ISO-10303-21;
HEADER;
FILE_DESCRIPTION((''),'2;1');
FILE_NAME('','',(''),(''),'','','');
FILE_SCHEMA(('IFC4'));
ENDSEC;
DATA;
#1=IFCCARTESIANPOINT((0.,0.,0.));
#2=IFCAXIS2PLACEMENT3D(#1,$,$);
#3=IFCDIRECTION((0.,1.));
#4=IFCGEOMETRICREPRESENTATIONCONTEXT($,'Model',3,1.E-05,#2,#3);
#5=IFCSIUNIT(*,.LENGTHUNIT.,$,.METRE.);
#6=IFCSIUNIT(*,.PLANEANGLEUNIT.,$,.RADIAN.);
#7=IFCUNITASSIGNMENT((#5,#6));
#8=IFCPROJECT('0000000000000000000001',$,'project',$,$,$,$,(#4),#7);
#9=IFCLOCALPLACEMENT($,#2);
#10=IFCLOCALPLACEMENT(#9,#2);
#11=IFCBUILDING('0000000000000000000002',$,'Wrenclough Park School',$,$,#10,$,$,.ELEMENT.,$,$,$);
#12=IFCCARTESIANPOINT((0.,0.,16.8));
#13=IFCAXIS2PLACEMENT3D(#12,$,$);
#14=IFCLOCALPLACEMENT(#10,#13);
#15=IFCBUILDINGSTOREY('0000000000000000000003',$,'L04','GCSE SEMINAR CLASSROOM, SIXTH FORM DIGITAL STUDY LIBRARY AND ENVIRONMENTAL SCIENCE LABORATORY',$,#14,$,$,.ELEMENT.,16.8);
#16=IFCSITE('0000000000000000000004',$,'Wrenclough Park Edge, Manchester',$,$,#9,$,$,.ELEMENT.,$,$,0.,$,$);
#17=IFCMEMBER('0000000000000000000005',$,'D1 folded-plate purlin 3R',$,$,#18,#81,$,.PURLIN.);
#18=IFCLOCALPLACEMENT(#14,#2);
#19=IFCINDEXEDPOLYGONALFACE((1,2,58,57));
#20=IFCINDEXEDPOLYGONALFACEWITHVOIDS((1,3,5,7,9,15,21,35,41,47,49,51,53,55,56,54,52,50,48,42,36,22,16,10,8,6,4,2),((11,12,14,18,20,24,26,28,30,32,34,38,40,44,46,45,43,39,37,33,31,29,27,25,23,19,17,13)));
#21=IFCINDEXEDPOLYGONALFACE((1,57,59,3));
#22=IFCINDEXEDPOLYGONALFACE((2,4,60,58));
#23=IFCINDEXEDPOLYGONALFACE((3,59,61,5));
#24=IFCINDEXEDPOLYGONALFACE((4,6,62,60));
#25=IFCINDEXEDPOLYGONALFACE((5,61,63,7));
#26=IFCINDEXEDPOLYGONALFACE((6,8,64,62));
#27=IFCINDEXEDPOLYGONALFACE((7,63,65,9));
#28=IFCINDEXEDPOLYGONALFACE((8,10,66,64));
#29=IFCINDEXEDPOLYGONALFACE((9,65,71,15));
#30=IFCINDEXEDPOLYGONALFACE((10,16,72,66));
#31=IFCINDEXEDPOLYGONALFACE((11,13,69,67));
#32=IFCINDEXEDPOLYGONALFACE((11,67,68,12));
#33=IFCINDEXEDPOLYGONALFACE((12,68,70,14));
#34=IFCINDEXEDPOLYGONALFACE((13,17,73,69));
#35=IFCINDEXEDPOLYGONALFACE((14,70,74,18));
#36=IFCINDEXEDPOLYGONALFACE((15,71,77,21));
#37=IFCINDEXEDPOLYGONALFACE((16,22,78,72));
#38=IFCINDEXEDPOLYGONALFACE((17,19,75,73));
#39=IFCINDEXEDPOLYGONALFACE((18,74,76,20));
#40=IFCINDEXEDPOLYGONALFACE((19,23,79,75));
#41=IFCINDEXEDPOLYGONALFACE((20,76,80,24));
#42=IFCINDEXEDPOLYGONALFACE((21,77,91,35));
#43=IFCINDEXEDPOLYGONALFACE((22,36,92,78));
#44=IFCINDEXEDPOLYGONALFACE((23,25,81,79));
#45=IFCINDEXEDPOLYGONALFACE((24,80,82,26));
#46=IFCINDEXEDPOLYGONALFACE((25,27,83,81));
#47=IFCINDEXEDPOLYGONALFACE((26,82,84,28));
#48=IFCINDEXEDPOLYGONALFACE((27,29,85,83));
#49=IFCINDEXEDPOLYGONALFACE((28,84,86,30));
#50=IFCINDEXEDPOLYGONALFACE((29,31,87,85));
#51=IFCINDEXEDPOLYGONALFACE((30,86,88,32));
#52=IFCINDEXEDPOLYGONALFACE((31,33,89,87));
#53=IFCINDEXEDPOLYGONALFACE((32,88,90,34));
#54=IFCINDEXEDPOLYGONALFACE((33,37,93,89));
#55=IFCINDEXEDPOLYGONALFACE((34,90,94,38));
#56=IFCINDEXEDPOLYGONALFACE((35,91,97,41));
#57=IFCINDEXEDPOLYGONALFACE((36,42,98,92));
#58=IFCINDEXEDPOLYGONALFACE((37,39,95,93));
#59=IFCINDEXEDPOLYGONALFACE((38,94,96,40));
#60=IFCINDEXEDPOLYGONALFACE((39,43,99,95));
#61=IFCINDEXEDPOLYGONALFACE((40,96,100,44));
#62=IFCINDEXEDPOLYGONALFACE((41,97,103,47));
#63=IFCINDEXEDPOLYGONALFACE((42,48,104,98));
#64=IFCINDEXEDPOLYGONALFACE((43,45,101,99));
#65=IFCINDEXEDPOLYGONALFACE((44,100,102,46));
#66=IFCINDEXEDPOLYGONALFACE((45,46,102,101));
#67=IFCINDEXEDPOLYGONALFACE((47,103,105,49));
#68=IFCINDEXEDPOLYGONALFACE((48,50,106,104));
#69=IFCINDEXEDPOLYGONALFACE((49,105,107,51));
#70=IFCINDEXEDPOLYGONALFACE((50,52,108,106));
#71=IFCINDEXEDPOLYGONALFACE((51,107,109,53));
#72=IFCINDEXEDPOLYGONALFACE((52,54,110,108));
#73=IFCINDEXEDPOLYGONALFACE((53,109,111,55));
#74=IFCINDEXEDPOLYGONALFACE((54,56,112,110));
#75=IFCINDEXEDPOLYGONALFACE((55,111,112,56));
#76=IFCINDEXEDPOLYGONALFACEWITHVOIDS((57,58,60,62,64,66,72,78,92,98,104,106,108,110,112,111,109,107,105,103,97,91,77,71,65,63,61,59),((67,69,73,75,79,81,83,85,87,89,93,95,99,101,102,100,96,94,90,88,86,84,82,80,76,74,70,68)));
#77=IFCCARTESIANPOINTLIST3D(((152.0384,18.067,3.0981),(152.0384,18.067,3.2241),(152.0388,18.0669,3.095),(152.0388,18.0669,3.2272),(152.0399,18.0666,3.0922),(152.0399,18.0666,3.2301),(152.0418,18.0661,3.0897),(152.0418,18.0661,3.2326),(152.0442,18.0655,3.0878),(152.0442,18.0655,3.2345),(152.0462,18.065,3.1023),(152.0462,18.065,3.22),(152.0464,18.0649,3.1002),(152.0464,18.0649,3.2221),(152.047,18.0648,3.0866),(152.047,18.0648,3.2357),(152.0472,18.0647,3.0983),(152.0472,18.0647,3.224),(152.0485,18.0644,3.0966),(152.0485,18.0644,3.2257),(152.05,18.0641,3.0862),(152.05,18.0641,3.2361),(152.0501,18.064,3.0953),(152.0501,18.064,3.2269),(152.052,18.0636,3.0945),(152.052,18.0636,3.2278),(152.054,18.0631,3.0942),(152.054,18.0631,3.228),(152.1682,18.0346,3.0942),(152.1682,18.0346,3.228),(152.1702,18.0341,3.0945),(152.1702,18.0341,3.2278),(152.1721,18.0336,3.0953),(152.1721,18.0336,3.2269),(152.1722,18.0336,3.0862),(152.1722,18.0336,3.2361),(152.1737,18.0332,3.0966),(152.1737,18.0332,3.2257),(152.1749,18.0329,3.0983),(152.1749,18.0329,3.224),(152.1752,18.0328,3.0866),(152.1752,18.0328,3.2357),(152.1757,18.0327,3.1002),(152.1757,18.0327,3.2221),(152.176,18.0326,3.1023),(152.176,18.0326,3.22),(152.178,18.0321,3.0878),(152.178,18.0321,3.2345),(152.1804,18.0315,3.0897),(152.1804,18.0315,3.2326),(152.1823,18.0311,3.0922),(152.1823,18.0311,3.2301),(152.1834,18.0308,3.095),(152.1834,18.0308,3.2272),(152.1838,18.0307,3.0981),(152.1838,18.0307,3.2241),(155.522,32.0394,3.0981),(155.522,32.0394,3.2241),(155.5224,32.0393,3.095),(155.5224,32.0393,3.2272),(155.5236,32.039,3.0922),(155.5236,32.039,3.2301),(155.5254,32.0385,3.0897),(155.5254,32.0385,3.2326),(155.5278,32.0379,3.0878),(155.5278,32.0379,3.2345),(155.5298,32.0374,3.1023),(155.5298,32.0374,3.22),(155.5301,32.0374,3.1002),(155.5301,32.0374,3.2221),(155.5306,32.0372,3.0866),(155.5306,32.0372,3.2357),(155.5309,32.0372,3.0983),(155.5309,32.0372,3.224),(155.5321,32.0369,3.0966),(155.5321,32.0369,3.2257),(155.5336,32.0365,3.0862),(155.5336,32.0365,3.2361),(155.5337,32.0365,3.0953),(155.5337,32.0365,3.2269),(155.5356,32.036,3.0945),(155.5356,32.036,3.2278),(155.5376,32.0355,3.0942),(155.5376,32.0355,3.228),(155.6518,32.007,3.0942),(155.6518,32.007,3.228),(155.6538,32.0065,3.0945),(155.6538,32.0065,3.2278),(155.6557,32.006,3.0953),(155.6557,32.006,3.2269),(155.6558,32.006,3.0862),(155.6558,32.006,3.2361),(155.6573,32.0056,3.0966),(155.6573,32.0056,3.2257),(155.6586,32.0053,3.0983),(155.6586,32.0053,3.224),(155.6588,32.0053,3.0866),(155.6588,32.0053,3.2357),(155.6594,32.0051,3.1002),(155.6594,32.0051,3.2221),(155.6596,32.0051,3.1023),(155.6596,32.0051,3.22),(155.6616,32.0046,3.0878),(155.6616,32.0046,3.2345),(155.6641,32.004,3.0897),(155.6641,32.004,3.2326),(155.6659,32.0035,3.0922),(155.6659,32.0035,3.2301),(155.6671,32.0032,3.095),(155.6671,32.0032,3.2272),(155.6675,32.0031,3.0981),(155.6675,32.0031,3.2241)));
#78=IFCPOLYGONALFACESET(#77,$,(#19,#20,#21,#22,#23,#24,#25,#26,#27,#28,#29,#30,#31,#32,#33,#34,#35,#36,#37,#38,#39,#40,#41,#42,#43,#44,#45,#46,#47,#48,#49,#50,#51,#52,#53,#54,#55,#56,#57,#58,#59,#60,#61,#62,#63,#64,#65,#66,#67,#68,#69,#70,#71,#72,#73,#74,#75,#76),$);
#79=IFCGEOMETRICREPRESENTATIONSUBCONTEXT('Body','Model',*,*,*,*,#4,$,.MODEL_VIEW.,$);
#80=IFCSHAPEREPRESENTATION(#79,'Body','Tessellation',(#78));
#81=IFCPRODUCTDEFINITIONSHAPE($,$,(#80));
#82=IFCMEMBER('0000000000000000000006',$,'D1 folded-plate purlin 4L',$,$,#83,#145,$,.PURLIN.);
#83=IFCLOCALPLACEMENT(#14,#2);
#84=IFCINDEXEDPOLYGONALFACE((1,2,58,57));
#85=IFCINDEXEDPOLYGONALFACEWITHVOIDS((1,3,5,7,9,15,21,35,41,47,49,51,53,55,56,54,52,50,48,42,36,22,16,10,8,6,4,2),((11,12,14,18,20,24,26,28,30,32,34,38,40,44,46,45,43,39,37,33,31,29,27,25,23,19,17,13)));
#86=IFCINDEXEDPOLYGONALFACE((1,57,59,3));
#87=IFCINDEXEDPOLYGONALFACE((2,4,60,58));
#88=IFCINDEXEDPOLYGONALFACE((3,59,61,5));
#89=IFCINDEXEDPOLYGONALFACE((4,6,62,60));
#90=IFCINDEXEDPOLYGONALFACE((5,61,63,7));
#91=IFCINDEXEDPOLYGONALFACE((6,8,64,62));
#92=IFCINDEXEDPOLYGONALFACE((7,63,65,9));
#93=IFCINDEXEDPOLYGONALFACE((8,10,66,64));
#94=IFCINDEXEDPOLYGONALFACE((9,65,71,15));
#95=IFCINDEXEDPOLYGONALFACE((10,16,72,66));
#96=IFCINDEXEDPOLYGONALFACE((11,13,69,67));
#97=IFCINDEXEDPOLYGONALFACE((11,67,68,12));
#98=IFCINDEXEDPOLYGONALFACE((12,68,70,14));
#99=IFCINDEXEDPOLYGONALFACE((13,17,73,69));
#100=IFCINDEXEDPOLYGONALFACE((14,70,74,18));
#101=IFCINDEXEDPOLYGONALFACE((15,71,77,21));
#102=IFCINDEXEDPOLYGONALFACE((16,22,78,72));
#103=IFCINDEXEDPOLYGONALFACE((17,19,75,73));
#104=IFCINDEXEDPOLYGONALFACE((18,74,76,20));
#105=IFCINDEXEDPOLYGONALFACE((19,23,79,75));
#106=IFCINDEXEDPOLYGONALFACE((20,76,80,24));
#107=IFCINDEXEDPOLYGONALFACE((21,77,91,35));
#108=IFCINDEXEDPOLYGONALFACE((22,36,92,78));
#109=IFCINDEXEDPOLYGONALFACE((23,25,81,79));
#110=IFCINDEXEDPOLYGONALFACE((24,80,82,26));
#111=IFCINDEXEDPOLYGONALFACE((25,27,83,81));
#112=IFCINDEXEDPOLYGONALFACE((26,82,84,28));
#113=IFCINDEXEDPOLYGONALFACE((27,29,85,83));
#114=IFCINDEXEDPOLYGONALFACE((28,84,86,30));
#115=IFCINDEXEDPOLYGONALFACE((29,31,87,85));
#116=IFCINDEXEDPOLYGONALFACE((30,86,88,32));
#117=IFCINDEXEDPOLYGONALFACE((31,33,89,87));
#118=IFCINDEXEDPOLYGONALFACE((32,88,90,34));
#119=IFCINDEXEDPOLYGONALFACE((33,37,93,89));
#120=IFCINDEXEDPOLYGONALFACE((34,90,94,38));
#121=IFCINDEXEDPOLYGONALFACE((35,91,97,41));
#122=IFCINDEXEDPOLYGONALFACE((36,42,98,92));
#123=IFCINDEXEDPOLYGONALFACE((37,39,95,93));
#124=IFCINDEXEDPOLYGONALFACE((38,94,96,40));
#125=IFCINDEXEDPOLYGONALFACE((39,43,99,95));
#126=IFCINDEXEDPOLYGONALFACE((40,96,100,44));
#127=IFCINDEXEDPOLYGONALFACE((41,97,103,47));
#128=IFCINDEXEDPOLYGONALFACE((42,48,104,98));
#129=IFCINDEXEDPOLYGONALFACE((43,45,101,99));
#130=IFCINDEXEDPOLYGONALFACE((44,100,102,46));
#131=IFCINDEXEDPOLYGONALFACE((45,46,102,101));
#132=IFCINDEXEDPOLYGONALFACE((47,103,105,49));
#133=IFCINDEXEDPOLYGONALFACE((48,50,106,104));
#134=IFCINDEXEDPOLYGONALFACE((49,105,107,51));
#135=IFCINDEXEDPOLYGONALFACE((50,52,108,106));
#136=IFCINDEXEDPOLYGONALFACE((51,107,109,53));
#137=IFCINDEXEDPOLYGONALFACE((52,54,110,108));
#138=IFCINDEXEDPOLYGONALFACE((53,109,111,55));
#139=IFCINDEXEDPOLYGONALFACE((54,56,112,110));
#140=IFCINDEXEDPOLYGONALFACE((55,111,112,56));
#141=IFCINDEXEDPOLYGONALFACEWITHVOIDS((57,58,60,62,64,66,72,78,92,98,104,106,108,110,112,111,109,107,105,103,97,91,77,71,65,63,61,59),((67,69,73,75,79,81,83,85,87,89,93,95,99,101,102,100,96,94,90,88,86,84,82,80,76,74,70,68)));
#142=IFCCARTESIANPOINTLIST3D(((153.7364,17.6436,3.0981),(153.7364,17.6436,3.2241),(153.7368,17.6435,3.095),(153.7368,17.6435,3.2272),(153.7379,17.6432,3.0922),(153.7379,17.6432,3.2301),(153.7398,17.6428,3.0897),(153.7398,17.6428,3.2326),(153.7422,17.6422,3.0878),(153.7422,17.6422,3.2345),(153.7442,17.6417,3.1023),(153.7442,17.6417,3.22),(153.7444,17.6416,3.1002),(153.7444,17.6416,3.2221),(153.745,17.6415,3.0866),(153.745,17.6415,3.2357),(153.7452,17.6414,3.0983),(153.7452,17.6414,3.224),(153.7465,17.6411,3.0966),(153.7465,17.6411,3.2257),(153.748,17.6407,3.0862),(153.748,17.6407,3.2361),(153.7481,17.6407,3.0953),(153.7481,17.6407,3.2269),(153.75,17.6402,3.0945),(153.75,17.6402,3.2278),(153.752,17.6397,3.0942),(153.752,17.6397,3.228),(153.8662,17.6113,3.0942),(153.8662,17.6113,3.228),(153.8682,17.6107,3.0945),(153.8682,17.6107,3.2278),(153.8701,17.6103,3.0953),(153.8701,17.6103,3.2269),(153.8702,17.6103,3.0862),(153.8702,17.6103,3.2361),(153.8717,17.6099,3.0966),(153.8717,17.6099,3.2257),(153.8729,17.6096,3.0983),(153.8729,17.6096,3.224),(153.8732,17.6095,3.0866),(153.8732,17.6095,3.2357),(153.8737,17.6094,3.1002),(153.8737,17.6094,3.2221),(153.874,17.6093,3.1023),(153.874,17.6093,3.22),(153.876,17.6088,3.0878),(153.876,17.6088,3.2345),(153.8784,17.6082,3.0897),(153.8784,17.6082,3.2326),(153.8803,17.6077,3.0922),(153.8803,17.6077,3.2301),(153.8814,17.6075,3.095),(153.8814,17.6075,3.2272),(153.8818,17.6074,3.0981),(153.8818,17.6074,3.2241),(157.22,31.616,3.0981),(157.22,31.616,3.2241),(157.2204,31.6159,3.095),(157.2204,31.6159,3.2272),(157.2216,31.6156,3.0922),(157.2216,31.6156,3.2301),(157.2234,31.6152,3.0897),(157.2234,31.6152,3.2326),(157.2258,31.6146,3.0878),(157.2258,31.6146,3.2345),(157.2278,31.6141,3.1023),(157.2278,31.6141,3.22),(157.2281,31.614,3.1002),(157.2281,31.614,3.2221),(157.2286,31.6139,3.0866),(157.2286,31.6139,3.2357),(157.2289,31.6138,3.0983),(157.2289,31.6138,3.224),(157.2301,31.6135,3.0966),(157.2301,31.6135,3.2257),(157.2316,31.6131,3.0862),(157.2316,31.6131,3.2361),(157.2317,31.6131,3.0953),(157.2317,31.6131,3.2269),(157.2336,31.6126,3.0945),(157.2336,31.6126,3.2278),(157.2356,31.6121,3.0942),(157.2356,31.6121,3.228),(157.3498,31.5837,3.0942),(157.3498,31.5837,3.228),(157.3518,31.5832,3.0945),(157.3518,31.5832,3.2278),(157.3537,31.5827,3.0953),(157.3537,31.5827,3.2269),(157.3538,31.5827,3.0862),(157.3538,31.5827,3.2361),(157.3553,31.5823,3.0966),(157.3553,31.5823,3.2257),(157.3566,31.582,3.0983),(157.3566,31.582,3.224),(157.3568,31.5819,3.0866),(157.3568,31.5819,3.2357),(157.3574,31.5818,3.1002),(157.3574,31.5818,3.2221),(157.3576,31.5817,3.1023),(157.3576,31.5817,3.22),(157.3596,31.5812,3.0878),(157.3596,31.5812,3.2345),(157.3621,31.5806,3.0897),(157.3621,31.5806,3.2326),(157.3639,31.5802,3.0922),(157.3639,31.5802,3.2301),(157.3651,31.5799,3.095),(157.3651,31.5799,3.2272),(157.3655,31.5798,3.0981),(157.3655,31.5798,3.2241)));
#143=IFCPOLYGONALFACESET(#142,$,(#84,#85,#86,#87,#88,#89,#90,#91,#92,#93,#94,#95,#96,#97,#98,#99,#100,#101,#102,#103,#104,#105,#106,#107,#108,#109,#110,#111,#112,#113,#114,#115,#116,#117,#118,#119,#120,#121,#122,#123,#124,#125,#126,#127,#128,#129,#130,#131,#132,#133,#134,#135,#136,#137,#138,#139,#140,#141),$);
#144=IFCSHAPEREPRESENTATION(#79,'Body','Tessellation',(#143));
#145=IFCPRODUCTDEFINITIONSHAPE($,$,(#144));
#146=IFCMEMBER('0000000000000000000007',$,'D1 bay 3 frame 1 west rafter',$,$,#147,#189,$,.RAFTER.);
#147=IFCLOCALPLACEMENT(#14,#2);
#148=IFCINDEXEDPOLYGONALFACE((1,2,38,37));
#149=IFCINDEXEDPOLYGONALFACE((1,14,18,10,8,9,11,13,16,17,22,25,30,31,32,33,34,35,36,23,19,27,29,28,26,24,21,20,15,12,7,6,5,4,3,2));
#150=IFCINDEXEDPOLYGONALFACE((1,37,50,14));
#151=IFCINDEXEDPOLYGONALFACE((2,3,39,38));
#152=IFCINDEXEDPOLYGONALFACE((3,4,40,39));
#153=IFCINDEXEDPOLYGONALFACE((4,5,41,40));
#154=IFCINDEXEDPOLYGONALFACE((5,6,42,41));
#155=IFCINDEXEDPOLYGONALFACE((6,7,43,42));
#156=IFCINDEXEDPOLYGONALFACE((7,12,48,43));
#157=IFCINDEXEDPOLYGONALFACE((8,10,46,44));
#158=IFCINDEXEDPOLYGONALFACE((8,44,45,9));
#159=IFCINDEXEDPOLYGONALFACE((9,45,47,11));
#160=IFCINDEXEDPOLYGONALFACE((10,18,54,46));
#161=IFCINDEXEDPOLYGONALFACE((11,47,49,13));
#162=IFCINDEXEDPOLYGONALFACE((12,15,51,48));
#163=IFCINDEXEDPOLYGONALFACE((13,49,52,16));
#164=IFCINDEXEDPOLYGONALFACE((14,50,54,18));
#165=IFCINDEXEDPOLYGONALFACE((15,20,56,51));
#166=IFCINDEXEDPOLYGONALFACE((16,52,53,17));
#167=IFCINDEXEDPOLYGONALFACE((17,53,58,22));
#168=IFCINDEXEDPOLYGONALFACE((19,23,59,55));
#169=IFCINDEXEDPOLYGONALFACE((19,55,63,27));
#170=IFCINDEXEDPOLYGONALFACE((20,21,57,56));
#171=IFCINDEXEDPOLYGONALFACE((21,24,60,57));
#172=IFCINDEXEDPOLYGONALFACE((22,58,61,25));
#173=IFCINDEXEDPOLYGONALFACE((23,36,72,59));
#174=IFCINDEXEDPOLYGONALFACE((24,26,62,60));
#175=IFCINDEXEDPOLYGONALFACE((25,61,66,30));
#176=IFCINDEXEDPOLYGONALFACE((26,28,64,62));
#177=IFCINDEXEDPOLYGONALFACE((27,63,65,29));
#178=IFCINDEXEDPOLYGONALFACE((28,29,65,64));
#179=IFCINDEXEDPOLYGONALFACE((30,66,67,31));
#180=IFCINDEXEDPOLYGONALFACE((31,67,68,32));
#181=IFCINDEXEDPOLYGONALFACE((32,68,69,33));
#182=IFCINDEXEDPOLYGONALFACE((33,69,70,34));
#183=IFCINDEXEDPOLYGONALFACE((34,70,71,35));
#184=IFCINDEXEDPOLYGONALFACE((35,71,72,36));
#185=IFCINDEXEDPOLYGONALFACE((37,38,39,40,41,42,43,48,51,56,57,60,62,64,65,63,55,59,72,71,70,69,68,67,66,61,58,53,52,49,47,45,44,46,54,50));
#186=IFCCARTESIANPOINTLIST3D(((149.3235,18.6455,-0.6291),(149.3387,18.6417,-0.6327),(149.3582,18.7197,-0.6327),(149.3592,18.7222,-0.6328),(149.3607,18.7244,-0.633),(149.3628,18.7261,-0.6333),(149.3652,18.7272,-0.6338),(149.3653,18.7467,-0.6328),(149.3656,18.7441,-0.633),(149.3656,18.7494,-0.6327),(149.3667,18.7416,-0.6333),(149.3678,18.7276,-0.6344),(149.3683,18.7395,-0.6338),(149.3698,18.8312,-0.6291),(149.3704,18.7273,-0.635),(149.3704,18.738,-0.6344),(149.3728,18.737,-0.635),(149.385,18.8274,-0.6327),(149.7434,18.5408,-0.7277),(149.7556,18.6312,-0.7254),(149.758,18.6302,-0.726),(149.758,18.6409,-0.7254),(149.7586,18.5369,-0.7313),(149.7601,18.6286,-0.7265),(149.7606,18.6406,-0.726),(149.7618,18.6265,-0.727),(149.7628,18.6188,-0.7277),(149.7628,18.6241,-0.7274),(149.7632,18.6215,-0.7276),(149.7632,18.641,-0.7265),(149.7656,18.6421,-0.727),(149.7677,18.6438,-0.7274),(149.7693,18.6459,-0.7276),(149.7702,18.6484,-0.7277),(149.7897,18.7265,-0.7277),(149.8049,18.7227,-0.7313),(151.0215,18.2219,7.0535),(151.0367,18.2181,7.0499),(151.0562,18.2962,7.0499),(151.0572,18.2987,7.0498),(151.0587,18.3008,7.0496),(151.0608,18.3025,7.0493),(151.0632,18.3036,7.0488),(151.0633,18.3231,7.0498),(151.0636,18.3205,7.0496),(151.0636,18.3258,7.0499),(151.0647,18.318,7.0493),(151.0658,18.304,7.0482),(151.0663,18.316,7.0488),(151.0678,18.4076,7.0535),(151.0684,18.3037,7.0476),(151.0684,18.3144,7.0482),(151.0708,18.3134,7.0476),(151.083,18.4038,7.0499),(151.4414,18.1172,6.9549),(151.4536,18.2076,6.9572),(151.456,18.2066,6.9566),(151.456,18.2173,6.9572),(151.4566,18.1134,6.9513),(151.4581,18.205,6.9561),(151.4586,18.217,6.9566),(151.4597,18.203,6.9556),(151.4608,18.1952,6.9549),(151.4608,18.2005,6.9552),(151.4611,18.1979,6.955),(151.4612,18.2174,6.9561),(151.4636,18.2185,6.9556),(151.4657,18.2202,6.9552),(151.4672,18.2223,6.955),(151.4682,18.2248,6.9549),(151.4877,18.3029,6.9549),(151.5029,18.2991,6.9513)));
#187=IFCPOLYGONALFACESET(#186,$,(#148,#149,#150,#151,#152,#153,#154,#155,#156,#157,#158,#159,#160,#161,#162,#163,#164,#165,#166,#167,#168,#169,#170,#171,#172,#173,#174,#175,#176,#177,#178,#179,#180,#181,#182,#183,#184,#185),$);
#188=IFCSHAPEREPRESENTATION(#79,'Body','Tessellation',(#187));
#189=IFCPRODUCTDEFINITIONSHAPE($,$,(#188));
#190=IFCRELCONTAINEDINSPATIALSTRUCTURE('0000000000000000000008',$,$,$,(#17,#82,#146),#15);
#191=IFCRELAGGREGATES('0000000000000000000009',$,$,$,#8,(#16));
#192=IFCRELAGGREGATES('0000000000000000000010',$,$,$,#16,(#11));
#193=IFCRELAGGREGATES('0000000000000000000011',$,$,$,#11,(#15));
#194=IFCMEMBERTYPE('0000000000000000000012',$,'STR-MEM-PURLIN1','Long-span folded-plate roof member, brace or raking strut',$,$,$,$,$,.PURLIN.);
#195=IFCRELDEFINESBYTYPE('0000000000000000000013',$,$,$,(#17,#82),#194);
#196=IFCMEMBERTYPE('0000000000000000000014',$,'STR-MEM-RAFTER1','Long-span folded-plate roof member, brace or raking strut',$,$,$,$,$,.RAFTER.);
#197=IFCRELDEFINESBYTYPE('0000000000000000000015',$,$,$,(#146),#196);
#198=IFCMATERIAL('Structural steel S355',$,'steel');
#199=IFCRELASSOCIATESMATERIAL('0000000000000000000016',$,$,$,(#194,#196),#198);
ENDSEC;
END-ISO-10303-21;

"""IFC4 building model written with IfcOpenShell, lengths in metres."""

from ifc_helpers import new_model, si_unit, direction, frame, origin, origin_2d, place, context, subcontext, project, spatial, hollow_rectangle, i_section, extrude, material, material_profile, profile_set, type_object, element, save


model = new_model("IFC4")

# Units and contexts
model_context = context("Model", 3, precision=1e-05, world=origin(), true_north=direction((0.0, 1.0)))
body_context = subcontext(model_context, "Body", "Model", "MODEL_VIEW")
ifc_project = project(units=[si_unit("LENGTHUNIT", "METRE"), si_unit("PLANEANGLEUNIT", "RADIAN")], contexts=[model_context])

# Site, building, storey
site_placement = place(None, origin())
site = spatial("IfcSite", under=ifc_project, at=site_placement, Name="Wrenclough Park Edge, Manchester", CompositionType="ELEMENT", RefElevation=0.0)
building_placement = place(site_placement, origin())
building = spatial("IfcBuilding", under=site, at=building_placement, Name="Wrenclough Park School", CompositionType="ELEMENT")
storey_placement = place(building_placement, frame((0.0, 0.0, 16.8)))
storey = spatial("IfcBuildingStorey", under=building, at=storey_placement, Name="L04", Description="GCSE SEMINAR CLASSROOM, SIXTH FORM DIGITAL STUDY LIBRARY AND ENVIRONMENTAL SCIENCE LABORATORY", CompositionType="ELEMENT", Elevation=16.8)

# Members
ifc_material_1 = material(Name="Structural steel S355", Category="steel")
ifc_material_profile_1 = material_profile(ifc_material_1, hollow_rectangle(XDim=0.1499, YDim=0.1499, WallThickness=0.0081, InnerFilletRadius=0.0081, OuterFilletRadius=0.012, at=origin_2d()), Name="SHS 150x150x8.0")
ifc_profile_set_1 = profile_set([ifc_material_profile_1], Name="Structural steel S355")
member_type_1 = type_object("IfcMemberType", Name="STR-MEM-PURLIN1", Description="Long-span folded-plate roof member, brace or raking strut", PredefinedType="PURLIN", material=ifc_profile_set_1)
for number, where, z_axis, x_axis, name in (
    (1, (152.1111, 18.0488, 3.1611), (0.241917, 0.970297, 0.0), (-0.970297, 0.241917, 0.0), "D1 folded-plate purlin 3R"),
    (2, (153.8091, 17.6255, 3.1611), (0.241917, 0.970297, 0.0), (-0.970297, 0.241917, 0.0), "D1 folded-plate purlin 4L"),
):
    element("IfcMember", number, at=place(storey_placement, frame(where, z_axis=z_axis, x_axis=x_axis)), inside=storey, type_object=member_type_1, Name=name, PredefinedType="PURLIN", context=body_context, shape_type="SweptSolid", body=[
        extrude(hollow_rectangle(XDim=0.1499, YDim=0.1499, WallThickness=0.0081, InnerFilletRadius=0.0081, OuterFilletRadius=0.012, at=origin_2d()), origin(), (0.0, 0.0, 1.0), 14.4001),
    ])
ifc_material_profile_2 = material_profile(ifc_material_1, i_section(OverallWidth=0.1914, OverallDepth=0.46, WebThickness=0.01, FlangeThickness=0.0161, FilletRadius=0.0103, at=origin_2d()), Name="UKB 457x191x82")
ifc_profile_set_2 = profile_set([ifc_material_profile_2], Name="Structural steel S355")
member_type_2 = type_object("IfcMemberType", Name="STR-MEM-RAFTER1", Description="Long-span folded-plate roof member, brace or raking strut", PredefinedType="RAFTER", material=ifc_profile_set_2)
for number, where, z_axis, x_axis, name in (
    (3, (149.5642, 18.6841, -0.6802), (0.215498, -0.053758, 0.975023), (0.242043, 0.970265, 0.0), "D1 bay 3 frame 1 west rafter"),
):
    element("IfcMember", number, at=place(storey_placement, frame(where, z_axis=z_axis, x_axis=x_axis)), inside=storey, type_object=member_type_2, Name=name, PredefinedType="RAFTER", context=body_context, shape_type="SweptSolid", body=[
        extrude(i_section(OverallWidth=0.1914, OverallDepth=0.46, WebThickness=0.01, FlangeThickness=0.0161, FilletRadius=0.0103, at=origin_2d()), origin(), (0.0, 0.0, 1.0), 7.8794),
    ])

save(model, "model.ifc")
